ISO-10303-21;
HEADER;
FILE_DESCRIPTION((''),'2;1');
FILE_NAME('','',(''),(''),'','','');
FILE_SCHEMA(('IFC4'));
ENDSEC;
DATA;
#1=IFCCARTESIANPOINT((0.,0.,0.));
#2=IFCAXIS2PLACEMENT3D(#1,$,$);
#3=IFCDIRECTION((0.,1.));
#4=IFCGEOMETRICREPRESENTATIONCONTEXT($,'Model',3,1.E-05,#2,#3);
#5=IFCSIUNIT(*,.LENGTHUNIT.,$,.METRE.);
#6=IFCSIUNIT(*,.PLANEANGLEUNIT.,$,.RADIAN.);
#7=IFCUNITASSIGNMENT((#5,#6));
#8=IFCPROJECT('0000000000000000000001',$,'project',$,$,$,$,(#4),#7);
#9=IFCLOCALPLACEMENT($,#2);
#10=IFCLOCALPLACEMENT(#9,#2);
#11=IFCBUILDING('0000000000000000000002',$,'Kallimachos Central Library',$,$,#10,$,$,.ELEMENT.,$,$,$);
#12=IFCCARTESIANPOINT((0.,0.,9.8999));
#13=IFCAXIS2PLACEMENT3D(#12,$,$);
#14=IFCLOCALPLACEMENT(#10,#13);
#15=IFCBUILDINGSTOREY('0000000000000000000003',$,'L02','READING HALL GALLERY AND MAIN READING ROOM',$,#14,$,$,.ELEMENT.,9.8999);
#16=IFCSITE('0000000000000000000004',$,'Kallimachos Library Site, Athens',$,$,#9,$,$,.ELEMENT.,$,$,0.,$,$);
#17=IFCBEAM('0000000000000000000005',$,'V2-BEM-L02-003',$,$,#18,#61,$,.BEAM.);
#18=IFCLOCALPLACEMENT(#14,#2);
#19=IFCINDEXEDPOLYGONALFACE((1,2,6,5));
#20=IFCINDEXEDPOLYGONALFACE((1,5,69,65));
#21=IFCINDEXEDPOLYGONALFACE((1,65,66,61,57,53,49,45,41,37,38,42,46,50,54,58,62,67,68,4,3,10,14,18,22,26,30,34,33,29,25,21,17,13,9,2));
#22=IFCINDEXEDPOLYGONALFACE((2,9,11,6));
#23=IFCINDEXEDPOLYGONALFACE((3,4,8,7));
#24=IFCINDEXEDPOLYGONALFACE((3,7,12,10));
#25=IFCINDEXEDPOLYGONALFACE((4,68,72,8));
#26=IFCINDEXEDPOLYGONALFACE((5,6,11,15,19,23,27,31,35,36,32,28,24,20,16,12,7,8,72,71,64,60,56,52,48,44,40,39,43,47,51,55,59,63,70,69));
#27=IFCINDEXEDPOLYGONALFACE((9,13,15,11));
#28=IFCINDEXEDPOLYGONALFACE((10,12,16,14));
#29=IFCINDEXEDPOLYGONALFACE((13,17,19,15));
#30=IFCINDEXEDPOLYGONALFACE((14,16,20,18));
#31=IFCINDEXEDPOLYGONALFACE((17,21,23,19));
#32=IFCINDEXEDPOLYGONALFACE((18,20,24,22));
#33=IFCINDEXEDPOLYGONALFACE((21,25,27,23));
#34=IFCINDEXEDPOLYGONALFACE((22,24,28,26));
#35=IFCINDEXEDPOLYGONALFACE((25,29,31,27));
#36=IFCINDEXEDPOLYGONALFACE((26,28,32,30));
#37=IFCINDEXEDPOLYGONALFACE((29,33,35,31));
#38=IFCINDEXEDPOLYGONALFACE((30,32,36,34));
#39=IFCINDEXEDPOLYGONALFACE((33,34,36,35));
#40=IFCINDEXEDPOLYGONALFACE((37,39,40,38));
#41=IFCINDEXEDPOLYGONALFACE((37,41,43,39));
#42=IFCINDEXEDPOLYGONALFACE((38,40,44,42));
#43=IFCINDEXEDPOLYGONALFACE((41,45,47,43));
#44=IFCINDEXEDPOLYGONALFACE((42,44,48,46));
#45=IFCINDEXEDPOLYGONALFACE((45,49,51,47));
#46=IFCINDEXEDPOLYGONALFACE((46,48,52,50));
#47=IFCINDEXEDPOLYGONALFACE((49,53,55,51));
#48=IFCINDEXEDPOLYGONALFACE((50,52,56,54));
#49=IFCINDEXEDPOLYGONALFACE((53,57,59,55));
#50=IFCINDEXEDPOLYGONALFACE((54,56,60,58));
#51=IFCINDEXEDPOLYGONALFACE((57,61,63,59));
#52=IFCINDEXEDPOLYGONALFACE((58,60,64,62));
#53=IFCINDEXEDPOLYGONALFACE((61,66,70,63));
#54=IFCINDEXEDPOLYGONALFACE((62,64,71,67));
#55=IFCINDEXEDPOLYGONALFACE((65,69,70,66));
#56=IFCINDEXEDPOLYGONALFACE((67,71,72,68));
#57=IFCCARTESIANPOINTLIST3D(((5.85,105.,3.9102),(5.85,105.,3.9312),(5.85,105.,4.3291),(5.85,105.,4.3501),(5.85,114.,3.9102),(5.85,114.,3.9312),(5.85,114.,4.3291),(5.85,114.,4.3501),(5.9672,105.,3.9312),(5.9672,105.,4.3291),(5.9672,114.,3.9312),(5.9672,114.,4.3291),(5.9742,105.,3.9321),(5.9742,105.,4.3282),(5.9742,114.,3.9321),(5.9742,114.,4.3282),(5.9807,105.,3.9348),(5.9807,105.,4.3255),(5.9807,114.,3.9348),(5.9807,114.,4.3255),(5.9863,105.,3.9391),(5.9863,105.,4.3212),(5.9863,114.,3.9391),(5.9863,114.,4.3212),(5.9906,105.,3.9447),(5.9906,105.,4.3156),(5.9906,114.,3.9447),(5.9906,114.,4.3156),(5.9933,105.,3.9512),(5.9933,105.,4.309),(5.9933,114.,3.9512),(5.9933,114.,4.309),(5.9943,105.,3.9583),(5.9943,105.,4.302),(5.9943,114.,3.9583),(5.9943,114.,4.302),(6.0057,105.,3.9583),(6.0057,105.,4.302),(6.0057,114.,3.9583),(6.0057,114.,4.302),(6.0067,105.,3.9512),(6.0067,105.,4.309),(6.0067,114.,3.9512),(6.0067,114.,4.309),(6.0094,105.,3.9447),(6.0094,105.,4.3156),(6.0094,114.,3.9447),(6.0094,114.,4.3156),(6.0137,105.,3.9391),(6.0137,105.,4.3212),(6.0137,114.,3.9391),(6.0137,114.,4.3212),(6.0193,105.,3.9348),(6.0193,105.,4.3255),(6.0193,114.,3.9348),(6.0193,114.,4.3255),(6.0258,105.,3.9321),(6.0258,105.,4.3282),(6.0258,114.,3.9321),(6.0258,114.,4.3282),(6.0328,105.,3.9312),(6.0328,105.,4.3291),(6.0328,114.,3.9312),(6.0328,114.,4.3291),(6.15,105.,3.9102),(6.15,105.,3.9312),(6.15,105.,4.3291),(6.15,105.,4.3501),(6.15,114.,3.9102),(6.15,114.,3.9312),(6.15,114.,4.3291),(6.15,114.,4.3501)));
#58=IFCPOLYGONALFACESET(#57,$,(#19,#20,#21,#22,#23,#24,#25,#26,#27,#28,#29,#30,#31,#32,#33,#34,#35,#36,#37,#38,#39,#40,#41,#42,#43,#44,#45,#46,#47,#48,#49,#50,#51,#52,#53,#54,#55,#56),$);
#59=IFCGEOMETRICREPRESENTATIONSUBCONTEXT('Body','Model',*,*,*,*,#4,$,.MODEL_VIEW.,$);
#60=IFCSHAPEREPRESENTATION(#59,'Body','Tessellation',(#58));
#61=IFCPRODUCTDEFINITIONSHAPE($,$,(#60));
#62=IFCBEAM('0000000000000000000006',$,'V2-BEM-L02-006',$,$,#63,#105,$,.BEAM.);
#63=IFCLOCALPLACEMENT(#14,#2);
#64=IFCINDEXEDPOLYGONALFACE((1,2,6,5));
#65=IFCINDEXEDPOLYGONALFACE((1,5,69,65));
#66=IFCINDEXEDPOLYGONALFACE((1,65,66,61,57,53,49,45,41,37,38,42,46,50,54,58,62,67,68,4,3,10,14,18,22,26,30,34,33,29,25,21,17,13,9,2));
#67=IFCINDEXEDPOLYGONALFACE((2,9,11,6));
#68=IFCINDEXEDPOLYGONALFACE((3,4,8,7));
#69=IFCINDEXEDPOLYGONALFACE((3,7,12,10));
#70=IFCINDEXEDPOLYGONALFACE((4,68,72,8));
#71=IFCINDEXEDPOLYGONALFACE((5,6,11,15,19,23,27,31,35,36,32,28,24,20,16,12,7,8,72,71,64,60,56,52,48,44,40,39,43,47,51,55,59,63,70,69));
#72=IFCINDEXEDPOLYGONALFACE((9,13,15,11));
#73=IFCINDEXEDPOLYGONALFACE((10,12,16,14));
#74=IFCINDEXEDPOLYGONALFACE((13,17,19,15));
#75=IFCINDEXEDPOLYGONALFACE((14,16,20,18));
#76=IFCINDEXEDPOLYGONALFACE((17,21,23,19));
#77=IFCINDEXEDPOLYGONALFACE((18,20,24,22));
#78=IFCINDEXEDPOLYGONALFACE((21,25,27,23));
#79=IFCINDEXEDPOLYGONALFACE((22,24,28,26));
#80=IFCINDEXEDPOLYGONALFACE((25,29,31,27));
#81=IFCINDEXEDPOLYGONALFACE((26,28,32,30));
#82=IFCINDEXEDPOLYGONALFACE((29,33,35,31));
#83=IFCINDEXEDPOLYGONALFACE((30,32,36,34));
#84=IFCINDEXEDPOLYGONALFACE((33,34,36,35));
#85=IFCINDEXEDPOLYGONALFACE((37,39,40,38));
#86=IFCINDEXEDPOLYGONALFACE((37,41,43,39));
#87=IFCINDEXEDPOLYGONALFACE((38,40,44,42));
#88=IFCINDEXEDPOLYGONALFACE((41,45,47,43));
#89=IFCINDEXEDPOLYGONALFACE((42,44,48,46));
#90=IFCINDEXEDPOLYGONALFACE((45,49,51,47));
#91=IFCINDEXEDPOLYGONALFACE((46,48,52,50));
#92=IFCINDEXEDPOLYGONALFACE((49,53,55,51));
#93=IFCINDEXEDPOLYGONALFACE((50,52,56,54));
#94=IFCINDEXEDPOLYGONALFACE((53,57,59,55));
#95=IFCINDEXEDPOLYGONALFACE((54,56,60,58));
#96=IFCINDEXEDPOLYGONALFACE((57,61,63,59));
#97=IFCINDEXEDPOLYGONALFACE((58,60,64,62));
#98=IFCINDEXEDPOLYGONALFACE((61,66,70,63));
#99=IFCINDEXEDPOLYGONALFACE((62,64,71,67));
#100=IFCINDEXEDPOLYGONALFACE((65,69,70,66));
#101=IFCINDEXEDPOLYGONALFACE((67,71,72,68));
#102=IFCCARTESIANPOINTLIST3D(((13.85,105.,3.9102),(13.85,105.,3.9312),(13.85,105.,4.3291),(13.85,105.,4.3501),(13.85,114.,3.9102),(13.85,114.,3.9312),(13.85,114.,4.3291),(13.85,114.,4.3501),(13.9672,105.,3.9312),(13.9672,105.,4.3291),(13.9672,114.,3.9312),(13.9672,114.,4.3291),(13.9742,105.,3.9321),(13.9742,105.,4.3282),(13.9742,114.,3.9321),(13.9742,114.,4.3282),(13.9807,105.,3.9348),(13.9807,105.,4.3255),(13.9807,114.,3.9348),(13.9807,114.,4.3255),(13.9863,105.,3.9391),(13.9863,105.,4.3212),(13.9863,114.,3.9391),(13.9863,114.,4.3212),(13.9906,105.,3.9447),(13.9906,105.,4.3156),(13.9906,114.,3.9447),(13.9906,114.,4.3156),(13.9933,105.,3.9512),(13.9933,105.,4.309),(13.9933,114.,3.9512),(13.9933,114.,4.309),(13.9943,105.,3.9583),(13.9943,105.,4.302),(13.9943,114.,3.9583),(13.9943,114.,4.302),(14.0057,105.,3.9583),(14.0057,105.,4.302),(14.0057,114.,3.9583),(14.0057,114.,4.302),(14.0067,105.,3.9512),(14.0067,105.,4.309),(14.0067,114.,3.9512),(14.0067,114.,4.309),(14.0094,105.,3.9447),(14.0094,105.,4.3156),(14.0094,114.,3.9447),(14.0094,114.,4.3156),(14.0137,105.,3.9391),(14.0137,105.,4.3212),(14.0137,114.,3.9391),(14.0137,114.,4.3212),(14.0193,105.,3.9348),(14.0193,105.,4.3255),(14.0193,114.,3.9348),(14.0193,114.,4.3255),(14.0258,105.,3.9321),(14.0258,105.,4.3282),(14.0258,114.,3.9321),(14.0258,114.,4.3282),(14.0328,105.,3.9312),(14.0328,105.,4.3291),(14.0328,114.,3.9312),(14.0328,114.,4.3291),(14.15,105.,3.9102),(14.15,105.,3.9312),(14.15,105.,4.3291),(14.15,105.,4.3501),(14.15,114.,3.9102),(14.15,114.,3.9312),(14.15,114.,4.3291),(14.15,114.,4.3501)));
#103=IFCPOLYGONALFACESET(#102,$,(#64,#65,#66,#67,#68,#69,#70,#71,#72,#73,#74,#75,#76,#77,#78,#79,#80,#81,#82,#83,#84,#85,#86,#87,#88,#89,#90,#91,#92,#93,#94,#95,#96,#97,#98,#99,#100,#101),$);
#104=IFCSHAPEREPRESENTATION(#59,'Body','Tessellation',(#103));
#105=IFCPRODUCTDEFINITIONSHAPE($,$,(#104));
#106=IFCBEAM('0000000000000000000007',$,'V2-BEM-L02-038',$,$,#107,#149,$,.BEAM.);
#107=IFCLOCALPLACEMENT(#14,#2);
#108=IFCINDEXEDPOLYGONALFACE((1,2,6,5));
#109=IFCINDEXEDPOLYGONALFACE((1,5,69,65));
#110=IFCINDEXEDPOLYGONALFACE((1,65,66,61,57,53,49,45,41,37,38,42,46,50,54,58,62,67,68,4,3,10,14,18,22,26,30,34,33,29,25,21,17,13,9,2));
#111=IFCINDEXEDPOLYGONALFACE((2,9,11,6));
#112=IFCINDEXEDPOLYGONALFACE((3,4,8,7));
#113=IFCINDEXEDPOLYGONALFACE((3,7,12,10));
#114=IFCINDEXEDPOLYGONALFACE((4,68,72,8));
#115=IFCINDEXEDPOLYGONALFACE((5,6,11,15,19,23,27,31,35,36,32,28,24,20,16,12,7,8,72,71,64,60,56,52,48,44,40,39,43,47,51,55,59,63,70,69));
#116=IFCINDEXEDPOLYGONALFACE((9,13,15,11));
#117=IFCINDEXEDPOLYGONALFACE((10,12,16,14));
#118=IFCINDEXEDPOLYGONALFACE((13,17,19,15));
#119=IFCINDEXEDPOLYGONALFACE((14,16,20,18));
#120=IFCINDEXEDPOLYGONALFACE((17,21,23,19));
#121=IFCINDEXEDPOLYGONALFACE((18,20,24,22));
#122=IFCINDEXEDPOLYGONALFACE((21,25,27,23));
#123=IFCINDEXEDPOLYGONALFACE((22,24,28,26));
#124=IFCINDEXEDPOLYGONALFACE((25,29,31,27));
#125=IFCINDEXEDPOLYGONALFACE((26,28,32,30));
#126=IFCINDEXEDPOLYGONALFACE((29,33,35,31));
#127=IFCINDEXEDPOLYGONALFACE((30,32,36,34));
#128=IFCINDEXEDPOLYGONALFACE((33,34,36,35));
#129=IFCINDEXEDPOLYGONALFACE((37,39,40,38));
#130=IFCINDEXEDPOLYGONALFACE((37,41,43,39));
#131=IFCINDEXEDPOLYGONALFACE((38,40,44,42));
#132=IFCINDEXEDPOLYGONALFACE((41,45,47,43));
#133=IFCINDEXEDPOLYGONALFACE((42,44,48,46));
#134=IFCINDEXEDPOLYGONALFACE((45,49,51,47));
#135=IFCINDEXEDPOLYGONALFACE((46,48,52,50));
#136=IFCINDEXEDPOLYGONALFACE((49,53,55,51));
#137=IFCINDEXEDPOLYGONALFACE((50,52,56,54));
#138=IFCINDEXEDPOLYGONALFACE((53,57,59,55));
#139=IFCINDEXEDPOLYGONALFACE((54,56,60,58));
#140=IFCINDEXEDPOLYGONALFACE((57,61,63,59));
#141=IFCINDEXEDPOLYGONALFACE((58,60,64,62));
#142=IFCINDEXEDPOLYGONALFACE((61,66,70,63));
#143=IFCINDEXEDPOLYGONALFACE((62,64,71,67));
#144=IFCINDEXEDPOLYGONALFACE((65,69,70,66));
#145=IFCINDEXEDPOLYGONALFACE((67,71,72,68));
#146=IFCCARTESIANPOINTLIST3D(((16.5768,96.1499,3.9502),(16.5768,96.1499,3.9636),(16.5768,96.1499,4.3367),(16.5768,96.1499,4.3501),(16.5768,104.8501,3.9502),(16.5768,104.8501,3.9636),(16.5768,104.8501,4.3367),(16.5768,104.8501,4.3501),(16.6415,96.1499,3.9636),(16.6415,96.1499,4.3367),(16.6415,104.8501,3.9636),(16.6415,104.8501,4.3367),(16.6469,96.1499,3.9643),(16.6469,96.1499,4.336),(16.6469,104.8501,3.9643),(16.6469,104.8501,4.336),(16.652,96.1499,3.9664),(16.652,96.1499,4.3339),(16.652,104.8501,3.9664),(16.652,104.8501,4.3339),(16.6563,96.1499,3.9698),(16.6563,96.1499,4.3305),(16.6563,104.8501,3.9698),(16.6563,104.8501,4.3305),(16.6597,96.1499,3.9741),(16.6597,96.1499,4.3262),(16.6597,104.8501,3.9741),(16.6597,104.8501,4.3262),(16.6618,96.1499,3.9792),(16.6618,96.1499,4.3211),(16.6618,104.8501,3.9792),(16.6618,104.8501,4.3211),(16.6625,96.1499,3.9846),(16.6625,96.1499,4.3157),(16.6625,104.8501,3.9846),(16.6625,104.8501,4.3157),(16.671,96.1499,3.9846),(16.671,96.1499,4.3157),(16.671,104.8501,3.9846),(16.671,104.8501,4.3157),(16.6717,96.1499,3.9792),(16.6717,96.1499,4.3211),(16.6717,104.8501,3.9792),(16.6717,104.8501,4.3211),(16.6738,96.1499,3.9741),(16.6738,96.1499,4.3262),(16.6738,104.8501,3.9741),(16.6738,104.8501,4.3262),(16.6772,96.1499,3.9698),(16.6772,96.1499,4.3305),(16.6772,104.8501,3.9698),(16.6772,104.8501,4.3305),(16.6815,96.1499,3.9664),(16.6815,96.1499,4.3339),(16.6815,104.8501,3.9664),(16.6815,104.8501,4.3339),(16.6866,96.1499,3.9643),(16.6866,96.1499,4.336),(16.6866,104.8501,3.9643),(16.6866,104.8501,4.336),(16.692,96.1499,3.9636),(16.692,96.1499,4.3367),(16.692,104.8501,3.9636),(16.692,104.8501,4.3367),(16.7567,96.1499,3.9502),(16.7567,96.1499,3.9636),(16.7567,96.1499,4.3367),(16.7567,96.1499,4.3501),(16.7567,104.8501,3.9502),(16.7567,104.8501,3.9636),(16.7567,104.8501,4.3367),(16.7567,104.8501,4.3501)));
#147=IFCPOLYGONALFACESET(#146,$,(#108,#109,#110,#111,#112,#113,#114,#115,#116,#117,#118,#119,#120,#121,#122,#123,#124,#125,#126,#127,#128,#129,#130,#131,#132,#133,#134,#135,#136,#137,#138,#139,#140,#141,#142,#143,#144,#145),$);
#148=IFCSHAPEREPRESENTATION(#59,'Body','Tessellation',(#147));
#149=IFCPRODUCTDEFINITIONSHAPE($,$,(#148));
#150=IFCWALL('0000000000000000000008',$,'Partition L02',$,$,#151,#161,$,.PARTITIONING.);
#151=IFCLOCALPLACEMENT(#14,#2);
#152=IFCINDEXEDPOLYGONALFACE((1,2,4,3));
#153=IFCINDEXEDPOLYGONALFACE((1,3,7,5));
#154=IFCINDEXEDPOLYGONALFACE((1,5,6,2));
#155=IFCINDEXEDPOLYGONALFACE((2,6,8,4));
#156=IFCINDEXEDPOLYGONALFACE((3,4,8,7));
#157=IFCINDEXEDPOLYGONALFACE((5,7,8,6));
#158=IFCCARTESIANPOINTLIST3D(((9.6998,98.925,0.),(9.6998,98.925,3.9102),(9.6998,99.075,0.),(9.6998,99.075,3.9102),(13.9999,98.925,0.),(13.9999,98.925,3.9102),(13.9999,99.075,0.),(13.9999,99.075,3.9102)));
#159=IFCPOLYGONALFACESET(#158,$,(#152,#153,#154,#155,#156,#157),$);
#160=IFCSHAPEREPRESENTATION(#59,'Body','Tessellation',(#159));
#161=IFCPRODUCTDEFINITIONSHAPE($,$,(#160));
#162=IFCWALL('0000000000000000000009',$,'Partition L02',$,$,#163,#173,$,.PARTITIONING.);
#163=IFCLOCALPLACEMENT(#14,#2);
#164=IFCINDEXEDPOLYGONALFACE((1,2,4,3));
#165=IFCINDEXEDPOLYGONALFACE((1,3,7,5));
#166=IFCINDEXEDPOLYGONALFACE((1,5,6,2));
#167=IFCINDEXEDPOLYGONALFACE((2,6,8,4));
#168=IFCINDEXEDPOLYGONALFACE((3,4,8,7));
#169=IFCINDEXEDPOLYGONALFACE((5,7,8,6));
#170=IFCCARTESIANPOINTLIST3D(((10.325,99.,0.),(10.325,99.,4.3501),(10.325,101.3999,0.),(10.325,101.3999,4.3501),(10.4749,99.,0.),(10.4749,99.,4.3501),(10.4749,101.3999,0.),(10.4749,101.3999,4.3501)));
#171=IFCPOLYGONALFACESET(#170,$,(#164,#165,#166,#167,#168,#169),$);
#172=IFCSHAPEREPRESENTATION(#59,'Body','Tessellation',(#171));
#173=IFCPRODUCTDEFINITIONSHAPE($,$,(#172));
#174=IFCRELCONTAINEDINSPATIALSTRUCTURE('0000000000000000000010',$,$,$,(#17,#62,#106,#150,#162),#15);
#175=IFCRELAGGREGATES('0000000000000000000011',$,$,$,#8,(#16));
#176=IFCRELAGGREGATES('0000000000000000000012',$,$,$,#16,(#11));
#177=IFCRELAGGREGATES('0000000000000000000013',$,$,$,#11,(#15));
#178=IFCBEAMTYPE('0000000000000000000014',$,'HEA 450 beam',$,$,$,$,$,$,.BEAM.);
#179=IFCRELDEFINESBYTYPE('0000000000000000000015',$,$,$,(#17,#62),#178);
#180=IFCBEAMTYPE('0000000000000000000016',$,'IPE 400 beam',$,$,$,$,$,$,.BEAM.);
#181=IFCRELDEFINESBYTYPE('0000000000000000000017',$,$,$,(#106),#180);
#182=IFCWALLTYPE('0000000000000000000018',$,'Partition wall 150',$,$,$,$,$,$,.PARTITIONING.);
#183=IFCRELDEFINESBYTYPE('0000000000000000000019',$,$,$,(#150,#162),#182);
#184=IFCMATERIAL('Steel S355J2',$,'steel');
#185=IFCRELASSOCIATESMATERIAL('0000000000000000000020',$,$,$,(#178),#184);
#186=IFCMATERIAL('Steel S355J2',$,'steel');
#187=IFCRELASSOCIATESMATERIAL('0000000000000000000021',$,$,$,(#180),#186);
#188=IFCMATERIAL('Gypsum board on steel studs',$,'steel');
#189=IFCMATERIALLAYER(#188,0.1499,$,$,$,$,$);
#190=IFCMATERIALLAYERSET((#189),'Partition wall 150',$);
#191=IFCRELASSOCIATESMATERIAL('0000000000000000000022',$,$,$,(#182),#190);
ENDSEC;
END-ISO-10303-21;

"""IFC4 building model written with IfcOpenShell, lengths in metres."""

from ifc_helpers import new_model, si_unit, direction, frame, frame_2d, origin, origin_2d, place, context, subcontext, project, spatial, rectangle, i_section, extrude, material, layer, layer_set, material_profile, profile_set, type_object, element, save


model = new_model("IFC4")

# Units and contexts
model_context = context("Model", 3, precision=1e-05, world=origin(), true_north=direction((0.0, 1.0)))
body_context = subcontext(model_context, "Body", "Model", "MODEL_VIEW")
ifc_project = project(units=[si_unit("LENGTHUNIT", "METRE"), si_unit("PLANEANGLEUNIT", "RADIAN")], contexts=[model_context])

# Site, building, storey
site_placement = place(None, origin())
site = spatial("IfcSite", under=ifc_project, at=site_placement, Name="Kallimachos Library Site, Athens", CompositionType="ELEMENT", RefElevation=0.0)
building_placement = place(site_placement, origin())
building = spatial("IfcBuilding", under=site, at=building_placement, Name="Kallimachos Central Library", CompositionType="ELEMENT")
storey_placement = place(building_placement, frame((0.0, 0.0, 9.8999)))
storey = spatial("IfcBuildingStorey", under=building, at=storey_placement, Name="L02", Description="READING HALL GALLERY AND MAIN READING ROOM", CompositionType="ELEMENT", Elevation=9.8999)

# Beams
ifc_material_1 = material(Name="Steel S355J2", Category="steel")
ifc_material_profile_1 = material_profile(ifc_material_1, i_section(OverallWidth=0.3, OverallDepth=0.4399, WebThickness=0.0115, FlangeThickness=0.021, FilletRadius=0.0271, at=origin_2d()), Name="HEA 450")
ifc_profile_set_1 = profile_set([ifc_material_profile_1], Name="Steel S355J2")
beam_type_1 = type_object("IfcBeamType", Name="HEA 450 beam", PredefinedType="BEAM", material=ifc_profile_set_1)
for number, where, z_axis, x_axis, name in (
    (1, (6.0, 105.0, 4.1301), (0.0, 1.0, 0.0), (-1.0, 0.0, 0.0), "V2-BEM-L02-003"),
    (2, (14.0, 105.0, 4.1301), (0.0, 1.0, 0.0), (-1.0, 0.0, 0.0), "V2-BEM-L02-006"),
):
    element("IfcBeam", number, at=place(storey_placement, frame(where, z_axis=z_axis, x_axis=x_axis)), inside=storey, type_object=beam_type_1, Name=name, PredefinedType="BEAM", context=body_context, shape_type="SweptSolid", body=[
        extrude(i_section(OverallWidth=0.3, OverallDepth=0.4399, WebThickness=0.0115, FlangeThickness=0.021, FilletRadius=0.0271, at=origin_2d()), origin(), (0.0, 0.0, 1.0), 9.0),
    ])
ifc_material_2 = material(Name="Steel S355J2", Category="steel")
ifc_material_profile_2 = material_profile(ifc_material_2, i_section(OverallWidth=0.1799, OverallDepth=0.3999, WebThickness=0.0085, FlangeThickness=0.0134, FilletRadius=0.021, at=origin_2d()), Name="IPE 400")
ifc_profile_set_2 = profile_set([ifc_material_profile_2], Name="Steel S355J2")
beam_type_2 = type_object("IfcBeamType", Name="IPE 400 beam", PredefinedType="BEAM", material=ifc_profile_set_2)
beam_1_placement = place(storey_placement, frame((16.6667, 96.1499, 4.1501), z_axis=(0.0, 1.0, 0.0), x_axis=(-1.0, 0.0, 0.0)))
element("IfcBeam", 3, at=beam_1_placement, inside=storey, type_object=beam_type_2, Name="V2-BEM-L02-038", PredefinedType="BEAM", context=body_context, shape_type="SweptSolid", body=[
    extrude(i_section(OverallWidth=0.1799, OverallDepth=0.3999, WebThickness=0.0085, FlangeThickness=0.0134, FilletRadius=0.021, at=origin_2d()), origin(), (0.0, 0.0, 1.0), 8.7002),
])

# Walls
ifc_material_3 = material(Name="Gypsum board on steel studs", Category="steel")
ifc_layer_1 = layer(ifc_material_3, 0.1499)
ifc_layer_set_1 = layer_set([ifc_layer_1], Name="Partition wall 150")
wall_type = type_object("IfcWallType", Name="Partition wall 150", PredefinedType="PARTITIONING", material=ifc_layer_set_1)
wall_1_placement = place(storey_placement, frame((9.7, 99.0, 0.0), z_axis=(0.0, 0.0, 1.0), x_axis=(1.0, 0.0, 0.0)))
element("IfcWall", 4, at=wall_1_placement, inside=storey, type_object=wall_type, Name="Partition L02", PredefinedType="PARTITIONING", context=body_context, shape_type="SweptSolid", body=[
    extrude(rectangle(XDim=4.3, YDim=0.1499, at=frame_2d((2.1499, 0.0))), origin(), (0.0, 0.0, 1.0), 3.9102),
])
wall_2_placement = place(storey_placement, frame((10.3999, 99.0, 0.0), z_axis=(0.0, 0.0, 1.0), x_axis=(0.0, 1.0, 0.0)))
element("IfcWall", 5, at=wall_2_placement, inside=storey, type_object=wall_type, Name="Partition L02", PredefinedType="PARTITIONING", context=body_context, shape_type="SweptSolid", body=[
    extrude(rectangle(XDim=2.3999, YDim=0.1499, at=frame_2d((1.2, 0.0))), origin(), (0.0, 0.0, 1.0), 4.3501),
])

save(model, "model.ifc")
